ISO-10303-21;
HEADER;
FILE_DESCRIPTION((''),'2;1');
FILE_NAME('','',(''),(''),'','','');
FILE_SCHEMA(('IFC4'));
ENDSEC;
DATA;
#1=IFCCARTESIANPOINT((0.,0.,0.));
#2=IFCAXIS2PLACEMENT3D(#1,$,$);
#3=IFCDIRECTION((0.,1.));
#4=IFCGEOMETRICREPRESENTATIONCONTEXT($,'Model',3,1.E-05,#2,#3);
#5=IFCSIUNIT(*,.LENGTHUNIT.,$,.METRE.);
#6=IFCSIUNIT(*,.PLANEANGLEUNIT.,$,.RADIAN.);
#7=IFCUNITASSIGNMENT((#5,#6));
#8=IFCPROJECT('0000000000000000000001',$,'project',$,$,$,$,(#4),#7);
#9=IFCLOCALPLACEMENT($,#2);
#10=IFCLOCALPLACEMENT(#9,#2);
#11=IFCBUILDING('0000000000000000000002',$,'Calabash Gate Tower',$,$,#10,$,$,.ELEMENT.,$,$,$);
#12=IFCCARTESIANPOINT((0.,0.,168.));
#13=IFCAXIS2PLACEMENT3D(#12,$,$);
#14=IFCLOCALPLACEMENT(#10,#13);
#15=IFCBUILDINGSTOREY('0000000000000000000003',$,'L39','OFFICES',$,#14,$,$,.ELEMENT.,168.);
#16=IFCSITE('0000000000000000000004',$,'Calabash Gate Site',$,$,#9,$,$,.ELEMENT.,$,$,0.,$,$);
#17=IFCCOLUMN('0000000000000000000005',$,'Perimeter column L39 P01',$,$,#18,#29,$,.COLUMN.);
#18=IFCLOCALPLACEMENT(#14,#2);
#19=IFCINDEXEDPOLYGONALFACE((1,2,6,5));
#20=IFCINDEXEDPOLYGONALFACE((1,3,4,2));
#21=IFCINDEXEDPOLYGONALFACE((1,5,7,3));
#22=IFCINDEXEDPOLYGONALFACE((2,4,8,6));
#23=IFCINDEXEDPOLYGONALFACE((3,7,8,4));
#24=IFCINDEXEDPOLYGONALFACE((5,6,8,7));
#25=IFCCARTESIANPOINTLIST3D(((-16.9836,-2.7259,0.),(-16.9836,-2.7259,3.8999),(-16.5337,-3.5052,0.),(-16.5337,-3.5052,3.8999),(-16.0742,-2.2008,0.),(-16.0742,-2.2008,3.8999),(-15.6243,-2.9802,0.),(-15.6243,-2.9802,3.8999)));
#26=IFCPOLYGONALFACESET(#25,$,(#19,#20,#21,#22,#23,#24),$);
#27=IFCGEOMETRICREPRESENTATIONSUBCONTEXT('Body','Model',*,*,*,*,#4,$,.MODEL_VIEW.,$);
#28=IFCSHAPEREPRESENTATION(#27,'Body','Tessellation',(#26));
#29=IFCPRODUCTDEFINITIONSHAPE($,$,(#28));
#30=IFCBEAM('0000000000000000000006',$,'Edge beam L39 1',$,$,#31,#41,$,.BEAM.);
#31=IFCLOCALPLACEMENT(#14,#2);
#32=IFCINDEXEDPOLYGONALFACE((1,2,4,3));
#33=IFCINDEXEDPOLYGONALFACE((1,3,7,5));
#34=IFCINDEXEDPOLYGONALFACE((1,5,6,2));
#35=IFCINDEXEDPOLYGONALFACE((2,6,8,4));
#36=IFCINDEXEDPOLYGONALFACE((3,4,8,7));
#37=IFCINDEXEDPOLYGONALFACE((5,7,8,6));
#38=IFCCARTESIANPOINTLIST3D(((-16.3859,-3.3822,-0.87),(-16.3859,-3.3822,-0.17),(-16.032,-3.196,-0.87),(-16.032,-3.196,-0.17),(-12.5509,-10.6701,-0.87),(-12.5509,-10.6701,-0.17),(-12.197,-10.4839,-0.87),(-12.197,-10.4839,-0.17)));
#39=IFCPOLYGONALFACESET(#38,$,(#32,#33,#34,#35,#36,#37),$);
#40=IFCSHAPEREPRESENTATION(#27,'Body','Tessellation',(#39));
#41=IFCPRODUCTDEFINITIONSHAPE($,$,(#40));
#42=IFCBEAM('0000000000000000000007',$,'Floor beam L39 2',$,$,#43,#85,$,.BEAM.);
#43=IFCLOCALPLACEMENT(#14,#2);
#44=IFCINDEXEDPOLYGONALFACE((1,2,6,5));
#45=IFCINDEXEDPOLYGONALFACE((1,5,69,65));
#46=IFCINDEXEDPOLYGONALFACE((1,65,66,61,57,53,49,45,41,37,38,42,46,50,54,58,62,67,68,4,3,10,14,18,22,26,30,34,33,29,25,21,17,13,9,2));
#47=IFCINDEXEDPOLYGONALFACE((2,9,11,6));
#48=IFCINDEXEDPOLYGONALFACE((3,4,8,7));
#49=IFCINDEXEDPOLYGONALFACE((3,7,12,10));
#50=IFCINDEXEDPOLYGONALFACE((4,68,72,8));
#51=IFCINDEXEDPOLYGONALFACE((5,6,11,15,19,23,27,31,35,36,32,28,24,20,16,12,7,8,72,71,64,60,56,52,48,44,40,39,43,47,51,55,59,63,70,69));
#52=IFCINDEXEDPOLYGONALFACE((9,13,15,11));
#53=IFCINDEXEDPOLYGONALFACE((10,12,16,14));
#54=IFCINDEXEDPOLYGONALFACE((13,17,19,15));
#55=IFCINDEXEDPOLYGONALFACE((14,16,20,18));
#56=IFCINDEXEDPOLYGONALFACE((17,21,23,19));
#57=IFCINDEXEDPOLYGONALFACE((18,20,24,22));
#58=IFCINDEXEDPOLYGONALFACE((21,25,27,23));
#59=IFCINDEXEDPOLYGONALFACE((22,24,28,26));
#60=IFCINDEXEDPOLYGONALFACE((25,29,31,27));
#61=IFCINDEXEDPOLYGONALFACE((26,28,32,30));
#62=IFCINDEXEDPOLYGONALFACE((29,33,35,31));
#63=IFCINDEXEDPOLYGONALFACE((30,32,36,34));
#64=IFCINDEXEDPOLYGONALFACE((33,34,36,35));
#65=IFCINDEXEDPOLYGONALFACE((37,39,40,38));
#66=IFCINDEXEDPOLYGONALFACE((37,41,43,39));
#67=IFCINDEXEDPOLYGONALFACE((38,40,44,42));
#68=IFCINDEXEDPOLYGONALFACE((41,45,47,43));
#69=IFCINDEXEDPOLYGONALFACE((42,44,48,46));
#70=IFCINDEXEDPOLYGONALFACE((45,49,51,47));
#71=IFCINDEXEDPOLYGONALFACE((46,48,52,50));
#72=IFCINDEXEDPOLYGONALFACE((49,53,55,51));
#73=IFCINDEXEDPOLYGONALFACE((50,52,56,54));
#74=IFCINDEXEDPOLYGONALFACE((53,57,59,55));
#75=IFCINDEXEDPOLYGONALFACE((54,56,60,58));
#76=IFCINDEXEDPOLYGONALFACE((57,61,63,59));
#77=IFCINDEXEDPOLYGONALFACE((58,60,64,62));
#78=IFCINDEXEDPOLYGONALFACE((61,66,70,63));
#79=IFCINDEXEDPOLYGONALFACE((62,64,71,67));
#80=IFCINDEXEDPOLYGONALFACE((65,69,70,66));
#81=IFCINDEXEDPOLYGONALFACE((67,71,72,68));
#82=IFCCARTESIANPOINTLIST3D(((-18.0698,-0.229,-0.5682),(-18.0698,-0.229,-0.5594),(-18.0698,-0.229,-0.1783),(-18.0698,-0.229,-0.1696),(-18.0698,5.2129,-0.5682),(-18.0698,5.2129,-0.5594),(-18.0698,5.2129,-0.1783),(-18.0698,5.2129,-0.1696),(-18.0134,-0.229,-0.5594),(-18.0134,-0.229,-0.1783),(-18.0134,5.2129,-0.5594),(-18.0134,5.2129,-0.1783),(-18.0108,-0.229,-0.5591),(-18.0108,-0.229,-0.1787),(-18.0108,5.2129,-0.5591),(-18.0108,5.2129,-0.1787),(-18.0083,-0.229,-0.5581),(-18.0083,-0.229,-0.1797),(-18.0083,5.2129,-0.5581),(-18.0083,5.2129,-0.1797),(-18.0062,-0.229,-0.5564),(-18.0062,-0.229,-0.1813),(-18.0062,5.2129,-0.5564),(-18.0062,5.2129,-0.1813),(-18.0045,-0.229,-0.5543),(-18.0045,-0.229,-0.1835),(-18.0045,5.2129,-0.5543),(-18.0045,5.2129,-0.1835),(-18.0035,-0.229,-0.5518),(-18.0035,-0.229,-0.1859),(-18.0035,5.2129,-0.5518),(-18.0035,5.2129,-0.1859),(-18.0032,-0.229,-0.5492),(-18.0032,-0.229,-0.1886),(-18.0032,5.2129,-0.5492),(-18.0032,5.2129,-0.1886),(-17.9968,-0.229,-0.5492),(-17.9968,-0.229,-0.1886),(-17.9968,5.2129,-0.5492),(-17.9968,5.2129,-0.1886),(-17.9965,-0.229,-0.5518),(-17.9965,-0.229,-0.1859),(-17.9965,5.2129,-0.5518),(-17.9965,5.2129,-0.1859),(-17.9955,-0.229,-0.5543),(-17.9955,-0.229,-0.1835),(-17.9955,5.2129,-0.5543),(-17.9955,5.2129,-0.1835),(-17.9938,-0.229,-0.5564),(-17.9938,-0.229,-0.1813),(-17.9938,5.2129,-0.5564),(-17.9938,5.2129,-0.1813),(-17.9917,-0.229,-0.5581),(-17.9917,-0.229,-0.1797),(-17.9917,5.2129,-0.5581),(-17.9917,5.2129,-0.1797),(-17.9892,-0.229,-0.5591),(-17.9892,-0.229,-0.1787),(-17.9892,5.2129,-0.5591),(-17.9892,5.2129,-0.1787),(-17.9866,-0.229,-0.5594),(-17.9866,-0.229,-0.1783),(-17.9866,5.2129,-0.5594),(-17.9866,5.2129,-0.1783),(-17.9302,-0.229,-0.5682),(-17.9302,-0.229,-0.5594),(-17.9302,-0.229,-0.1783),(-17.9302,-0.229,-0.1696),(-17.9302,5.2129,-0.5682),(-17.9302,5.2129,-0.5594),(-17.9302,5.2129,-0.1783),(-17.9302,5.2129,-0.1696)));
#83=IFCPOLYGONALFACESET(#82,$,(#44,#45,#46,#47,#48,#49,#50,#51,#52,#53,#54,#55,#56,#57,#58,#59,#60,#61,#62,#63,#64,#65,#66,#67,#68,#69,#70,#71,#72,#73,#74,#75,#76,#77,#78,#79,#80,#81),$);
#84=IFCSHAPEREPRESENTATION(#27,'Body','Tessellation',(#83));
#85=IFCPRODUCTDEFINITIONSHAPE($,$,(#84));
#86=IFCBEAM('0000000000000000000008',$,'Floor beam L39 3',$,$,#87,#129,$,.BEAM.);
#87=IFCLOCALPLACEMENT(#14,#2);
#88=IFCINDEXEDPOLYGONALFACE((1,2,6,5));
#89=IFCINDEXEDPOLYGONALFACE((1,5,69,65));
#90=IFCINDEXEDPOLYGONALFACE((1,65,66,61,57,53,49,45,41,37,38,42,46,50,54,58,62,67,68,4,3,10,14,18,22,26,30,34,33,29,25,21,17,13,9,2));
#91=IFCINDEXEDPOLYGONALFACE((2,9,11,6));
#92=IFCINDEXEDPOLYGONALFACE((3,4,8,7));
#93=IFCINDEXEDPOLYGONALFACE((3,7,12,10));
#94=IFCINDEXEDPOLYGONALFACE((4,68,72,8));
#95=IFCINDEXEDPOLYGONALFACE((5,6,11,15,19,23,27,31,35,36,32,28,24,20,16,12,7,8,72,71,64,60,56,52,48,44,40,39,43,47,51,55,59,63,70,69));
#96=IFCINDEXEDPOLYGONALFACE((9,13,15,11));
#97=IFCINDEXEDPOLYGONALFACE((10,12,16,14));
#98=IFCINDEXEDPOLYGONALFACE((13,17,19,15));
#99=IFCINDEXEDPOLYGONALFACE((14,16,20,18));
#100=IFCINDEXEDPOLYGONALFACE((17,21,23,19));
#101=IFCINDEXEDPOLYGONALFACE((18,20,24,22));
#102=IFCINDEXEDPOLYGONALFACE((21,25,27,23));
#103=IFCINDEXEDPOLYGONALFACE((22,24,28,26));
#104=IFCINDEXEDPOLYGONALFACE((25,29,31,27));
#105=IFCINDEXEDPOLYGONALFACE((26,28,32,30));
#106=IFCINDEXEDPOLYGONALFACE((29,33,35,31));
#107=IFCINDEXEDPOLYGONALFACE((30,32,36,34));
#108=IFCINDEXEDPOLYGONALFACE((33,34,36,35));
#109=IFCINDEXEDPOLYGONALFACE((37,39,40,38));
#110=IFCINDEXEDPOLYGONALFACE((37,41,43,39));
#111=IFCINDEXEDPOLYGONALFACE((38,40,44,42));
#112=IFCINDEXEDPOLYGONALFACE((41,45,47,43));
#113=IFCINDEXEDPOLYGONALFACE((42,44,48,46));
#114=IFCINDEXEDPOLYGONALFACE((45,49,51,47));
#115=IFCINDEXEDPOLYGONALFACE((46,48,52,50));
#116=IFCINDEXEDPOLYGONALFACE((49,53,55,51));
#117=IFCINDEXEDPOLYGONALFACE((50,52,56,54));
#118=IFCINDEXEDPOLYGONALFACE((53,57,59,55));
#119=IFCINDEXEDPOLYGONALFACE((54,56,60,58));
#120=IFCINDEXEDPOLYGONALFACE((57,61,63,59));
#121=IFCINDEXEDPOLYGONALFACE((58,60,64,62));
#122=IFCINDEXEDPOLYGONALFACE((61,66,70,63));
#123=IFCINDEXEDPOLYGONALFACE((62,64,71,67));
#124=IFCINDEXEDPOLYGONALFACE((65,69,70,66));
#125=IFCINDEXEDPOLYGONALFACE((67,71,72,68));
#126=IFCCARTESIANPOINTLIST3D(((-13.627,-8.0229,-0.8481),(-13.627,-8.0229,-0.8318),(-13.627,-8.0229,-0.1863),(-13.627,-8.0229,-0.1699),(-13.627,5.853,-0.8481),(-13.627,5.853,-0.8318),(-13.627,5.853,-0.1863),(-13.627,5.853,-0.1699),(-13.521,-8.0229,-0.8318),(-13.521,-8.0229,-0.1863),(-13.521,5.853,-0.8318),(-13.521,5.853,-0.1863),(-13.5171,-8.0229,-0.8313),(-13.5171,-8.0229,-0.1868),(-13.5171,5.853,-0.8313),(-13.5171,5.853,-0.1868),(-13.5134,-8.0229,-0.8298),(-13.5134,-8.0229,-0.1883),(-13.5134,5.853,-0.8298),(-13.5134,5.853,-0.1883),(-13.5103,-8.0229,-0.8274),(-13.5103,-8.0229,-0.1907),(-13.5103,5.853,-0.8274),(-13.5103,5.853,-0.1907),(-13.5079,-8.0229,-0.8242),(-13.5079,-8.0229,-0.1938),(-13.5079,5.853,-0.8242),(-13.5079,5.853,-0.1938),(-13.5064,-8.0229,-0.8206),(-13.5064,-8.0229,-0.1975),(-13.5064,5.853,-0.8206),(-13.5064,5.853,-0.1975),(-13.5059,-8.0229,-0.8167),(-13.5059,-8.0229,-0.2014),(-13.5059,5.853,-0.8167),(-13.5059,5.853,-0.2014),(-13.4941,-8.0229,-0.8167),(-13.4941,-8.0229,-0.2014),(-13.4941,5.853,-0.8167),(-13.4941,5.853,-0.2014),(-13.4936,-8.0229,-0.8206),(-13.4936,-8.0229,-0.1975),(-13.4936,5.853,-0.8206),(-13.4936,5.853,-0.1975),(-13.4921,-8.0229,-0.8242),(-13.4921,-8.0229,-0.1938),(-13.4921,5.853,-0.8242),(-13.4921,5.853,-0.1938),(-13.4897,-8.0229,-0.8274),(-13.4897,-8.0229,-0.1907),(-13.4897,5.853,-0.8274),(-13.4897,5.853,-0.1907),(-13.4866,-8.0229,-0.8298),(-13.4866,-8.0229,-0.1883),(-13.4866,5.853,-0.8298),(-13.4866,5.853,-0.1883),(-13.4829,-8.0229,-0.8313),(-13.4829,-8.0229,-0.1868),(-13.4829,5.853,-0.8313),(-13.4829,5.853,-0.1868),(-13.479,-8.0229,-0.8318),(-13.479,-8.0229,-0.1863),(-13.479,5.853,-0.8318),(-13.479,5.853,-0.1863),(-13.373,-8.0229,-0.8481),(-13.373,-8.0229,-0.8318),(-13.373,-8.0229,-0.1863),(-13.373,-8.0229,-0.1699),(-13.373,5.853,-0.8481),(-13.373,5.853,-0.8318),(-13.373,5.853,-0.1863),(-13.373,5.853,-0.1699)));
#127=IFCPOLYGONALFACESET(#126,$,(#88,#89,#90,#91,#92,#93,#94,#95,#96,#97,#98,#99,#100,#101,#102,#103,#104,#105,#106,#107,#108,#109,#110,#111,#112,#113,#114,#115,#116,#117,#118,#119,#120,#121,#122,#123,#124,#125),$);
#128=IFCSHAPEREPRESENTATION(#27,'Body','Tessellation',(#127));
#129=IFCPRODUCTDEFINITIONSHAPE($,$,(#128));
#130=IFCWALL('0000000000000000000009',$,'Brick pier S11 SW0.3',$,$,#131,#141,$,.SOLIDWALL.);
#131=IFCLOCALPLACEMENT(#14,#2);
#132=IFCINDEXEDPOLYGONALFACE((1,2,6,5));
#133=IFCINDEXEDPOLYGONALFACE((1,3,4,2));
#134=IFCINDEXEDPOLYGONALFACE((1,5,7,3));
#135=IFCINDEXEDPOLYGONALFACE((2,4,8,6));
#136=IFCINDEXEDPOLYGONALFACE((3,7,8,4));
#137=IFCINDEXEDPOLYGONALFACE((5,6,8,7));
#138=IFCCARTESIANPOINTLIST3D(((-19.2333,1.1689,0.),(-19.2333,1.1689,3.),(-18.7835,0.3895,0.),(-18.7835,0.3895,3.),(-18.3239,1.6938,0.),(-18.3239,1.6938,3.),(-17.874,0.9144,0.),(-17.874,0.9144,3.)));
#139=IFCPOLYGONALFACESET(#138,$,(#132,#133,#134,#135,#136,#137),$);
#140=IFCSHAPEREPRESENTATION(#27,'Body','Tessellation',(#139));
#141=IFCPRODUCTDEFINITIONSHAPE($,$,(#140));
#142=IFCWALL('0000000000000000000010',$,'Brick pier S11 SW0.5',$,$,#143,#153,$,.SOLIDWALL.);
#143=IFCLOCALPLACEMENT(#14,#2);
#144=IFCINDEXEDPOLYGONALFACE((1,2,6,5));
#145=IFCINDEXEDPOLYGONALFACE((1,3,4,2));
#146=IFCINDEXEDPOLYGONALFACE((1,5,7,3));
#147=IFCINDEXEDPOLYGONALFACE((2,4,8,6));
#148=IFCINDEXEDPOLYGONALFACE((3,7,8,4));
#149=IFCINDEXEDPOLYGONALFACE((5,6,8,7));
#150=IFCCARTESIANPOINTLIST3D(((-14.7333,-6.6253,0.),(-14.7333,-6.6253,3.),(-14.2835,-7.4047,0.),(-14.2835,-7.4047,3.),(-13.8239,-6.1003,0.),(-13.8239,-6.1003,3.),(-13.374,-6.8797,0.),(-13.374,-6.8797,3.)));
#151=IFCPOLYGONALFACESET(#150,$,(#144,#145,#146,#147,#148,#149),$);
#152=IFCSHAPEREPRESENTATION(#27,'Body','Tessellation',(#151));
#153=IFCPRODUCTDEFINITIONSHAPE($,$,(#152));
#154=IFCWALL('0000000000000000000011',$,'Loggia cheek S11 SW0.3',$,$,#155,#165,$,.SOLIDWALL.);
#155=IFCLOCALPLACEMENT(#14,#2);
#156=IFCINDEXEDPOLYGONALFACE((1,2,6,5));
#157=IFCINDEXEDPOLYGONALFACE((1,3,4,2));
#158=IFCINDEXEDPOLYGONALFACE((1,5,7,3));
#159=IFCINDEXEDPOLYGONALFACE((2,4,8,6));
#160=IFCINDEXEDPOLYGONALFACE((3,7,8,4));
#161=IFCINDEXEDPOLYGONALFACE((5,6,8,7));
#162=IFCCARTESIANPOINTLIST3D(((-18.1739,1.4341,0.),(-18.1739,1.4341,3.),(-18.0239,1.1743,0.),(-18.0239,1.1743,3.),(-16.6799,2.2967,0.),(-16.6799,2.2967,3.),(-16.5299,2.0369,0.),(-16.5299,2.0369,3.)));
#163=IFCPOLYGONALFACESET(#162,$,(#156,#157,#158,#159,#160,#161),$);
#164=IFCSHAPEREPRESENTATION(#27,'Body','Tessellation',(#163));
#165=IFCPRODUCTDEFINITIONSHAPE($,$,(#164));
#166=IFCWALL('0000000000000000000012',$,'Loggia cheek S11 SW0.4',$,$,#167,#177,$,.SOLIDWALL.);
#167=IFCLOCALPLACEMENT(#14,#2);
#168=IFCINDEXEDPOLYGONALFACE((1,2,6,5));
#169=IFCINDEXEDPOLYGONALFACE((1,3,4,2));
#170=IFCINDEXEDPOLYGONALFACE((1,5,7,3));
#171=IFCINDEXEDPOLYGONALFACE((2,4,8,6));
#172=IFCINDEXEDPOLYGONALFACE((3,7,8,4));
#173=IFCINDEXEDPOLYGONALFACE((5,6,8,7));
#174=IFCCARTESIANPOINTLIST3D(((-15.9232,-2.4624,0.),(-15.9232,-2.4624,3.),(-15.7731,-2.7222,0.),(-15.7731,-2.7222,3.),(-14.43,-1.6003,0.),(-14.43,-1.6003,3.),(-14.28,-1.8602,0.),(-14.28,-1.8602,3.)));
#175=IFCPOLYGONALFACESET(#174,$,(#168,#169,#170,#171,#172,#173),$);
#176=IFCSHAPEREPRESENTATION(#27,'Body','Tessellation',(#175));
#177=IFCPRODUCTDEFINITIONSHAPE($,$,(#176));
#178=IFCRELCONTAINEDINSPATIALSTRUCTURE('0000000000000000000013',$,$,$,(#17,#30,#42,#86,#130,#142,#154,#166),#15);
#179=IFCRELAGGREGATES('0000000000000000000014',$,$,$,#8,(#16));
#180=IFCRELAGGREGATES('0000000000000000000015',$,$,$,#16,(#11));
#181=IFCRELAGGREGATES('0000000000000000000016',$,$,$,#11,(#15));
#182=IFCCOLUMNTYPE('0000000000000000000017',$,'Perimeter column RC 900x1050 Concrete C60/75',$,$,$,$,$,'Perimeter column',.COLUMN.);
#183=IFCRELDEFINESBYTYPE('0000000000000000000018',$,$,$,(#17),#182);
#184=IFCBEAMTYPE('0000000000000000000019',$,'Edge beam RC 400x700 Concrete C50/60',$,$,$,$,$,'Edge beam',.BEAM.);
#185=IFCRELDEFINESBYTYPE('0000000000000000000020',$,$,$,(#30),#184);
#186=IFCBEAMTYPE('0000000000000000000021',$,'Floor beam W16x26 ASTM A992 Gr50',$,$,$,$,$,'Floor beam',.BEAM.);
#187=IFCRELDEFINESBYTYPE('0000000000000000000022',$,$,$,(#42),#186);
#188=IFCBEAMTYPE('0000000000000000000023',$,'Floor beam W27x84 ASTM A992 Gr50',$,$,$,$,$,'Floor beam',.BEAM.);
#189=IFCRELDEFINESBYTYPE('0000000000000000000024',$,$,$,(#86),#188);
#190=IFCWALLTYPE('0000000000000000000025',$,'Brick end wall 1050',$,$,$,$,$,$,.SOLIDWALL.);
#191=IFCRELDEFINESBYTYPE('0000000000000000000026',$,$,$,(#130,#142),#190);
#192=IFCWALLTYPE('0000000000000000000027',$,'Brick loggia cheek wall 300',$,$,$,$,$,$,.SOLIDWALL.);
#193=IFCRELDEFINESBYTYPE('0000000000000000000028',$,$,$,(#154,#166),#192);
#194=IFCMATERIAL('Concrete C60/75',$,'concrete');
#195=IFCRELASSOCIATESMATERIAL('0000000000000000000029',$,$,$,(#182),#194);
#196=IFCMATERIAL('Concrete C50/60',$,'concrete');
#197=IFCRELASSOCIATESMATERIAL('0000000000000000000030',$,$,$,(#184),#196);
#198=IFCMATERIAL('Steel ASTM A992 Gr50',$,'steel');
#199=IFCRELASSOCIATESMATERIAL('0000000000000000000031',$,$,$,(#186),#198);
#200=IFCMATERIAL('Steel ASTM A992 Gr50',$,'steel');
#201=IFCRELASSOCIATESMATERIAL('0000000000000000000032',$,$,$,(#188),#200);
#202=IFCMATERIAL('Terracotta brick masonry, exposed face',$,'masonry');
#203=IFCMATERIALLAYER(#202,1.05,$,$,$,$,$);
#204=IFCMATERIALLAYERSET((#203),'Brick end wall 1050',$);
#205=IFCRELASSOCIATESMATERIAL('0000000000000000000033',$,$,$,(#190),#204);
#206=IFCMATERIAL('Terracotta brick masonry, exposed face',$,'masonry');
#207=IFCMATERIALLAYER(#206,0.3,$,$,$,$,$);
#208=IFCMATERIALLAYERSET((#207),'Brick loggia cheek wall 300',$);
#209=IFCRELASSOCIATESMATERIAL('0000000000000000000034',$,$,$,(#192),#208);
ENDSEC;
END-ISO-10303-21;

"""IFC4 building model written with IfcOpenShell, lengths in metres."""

from ifc_helpers import new_model, si_unit, direction, frame, frame_2d, origin, origin_2d, place, context, subcontext, project, spatial, rectangle, i_section, extrude, material, layer, layer_set, material_profile, profile_set, type_object, element, save


model = new_model("IFC4")

# Units and contexts
model_context = context("Model", 3, precision=1e-05, world=origin(), true_north=direction((0.0, 1.0)))
body_context = subcontext(model_context, "Body", "Model", "MODEL_VIEW")
ifc_project = project(units=[si_unit("LENGTHUNIT", "METRE"), si_unit("PLANEANGLEUNIT", "RADIAN")], contexts=[model_context])

# Site, building, storey
site_placement = place(None, origin())
site = spatial("IfcSite", under=ifc_project, at=site_placement, Name="Calabash Gate Site", CompositionType="ELEMENT", RefElevation=0.0)
building_placement = place(site_placement, origin())
building = spatial("IfcBuilding", under=site, at=building_placement, Name="Calabash Gate Tower", CompositionType="ELEMENT")
storey_placement = place(building_placement, frame((0.0, 0.0, 168.0)))
storey = spatial("IfcBuildingStorey", under=building, at=storey_placement, Name="L39", Description="OFFICES", CompositionType="ELEMENT", Elevation=168.0)

# Column
ifc_material_1 = material(Name="Concrete C60/75", Category="concrete")
ifc_material_profile_1 = material_profile(ifc_material_1, rectangle(XDim=0.8999, YDim=1.05, at=origin_2d()))
ifc_profile_set_1 = profile_set([ifc_material_profile_1], Name="Concrete C60/75")
column_type = type_object("IfcColumnType", Name="Perimeter column RC 900x1050 Concrete C60/75", ElementType="Perimeter column", PredefinedType="COLUMN", material=ifc_profile_set_1)
column_placement = place(storey_placement, frame((-16.304, -2.853, 0.0), z_axis=(0.0, 0.0, 1.0), x_axis=(0.5, -0.866025, 0.0)))
element("IfcColumn", 1, at=column_placement, inside=storey, type_object=column_type, Name="Perimeter column L39 P01", PredefinedType="COLUMN", context=body_context, shape_type="SweptSolid", body=[
    extrude(rectangle(XDim=0.8999, YDim=1.05, at=origin_2d()), origin(), (0.0, 0.0, 1.0), 3.8999),
])

# Beams
ifc_material_2 = material(Name="Concrete C50/60", Category="concrete")
ifc_material_profile_2 = material_profile(ifc_material_2, rectangle(XDim=0.3999, YDim=0.7, at=origin_2d()))
ifc_profile_set_2 = profile_set([ifc_material_profile_2], Name="Concrete C50/60")
beam_type_1 = type_object("IfcBeamType", Name="Edge beam RC 400x700 Concrete C50/60", ElementType="Edge beam", PredefinedType="BEAM", material=ifc_profile_set_2)
beam_1_placement = place(storey_placement, frame((-16.209, -3.2891, -0.52), z_axis=(0.465676, -0.884956, 0.0), x_axis=(0.884956, 0.465676, 0.0)))
element("IfcBeam", 2, at=beam_1_placement, inside=storey, type_object=beam_type_1, Name="Edge beam L39 1", PredefinedType="BEAM", context=body_context, shape_type="SweptSolid", body=[
    extrude(rectangle(XDim=0.3999, YDim=0.7, at=origin_2d()), origin(), (0.0, 0.0, 1.0), 8.2354),
])
ifc_material_3 = material(Name="Steel ASTM A992 Gr50", Category="steel")
ifc_material_profile_3 = material_profile(ifc_material_3, i_section(OverallWidth=0.1396, OverallDepth=0.3987, WebThickness=0.0063, FlangeThickness=0.0088, FilletRadius=0.0103, at=origin_2d()))
ifc_profile_set_3 = profile_set([ifc_material_profile_3], Name="Steel ASTM A992 Gr50")
beam_type_2 = type_object("IfcBeamType", Name="Floor beam W16x26 ASTM A992 Gr50", ElementType="Floor beam", PredefinedType="BEAM", material=ifc_profile_set_3)
beam_2_placement = place(storey_placement, frame((-18.0, -0.229, -0.3689), z_axis=(0.0, 1.0, 0.0), x_axis=(-1.0, 0.0, 0.0)))
element("IfcBeam", 3, at=beam_2_placement, inside=storey, type_object=beam_type_2, Name="Floor beam L39 2", PredefinedType="BEAM", context=body_context, shape_type="SweptSolid", body=[
    extrude(i_section(OverallWidth=0.1396, OverallDepth=0.3987, WebThickness=0.0063, FlangeThickness=0.0088, FilletRadius=0.0103, at=origin_2d()), origin(), (0.0, 0.0, 1.0), 5.4419),
])
ifc_material_4 = material(Name="Steel ASTM A992 Gr50", Category="steel")
ifc_material_profile_4 = material_profile(ifc_material_4, i_section(OverallWidth=0.2539, OverallDepth=0.6782, WebThickness=0.0117, FlangeThickness=0.0164, FilletRadius=0.0151, at=origin_2d()))
ifc_profile_set_4 = profile_set([ifc_material_profile_4], Name="Steel ASTM A992 Gr50")
beam_type_3 = type_object("IfcBeamType", Name="Floor beam W27x84 ASTM A992 Gr50", ElementType="Floor beam", PredefinedType="BEAM", material=ifc_profile_set_4)
beam_3_placement = place(storey_placement, frame((-13.5, -8.0229, -0.509), z_axis=(0.0, 1.0, 0.0), x_axis=(-1.0, 0.0, 0.0)))
element("IfcBeam", 4, at=beam_3_placement, inside=storey, type_object=beam_type_3, Name="Floor beam L39 3", PredefinedType="BEAM", context=body_context, shape_type="SweptSolid", body=[
    extrude(i_section(OverallWidth=0.2539, OverallDepth=0.6782, WebThickness=0.0117, FlangeThickness=0.0164, FilletRadius=0.0151, at=origin_2d()), origin(), (0.0, 0.0, 1.0), 13.876),
])

# Walls
ifc_material_5 = material(Name="Terracotta brick masonry, exposed face", Category="masonry")
ifc_layer_1 = layer(ifc_material_5, 1.05)
ifc_layer_set_1 = layer_set([ifc_layer_1], Name="Brick end wall 1050")
wall_type_1 = type_object("IfcWallType", Name="Brick end wall 1050", PredefinedType="SOLIDWALL", material=ifc_layer_set_1)
for number, where, z_axis, x_axis, name in (
    (5, (-19.0083, 0.7793, 0.0), (0.0, 0.0, 1.0), (0.866089, 0.49989, 0.0), "Brick pier S11 SW0.3"),
    (6, (-14.5083, -7.0149, 0.0), (0.0, 0.0, 1.0), (0.866089, 0.49989, 0.0), "Brick pier S11 SW0.5"),
):
    element("IfcWall", number, at=place(storey_placement, frame(where, z_axis=z_axis, x_axis=x_axis)), inside=storey, type_object=wall_type_1, Name=name, PredefinedType="SOLIDWALL", context=body_context, shape_type="SweptSolid", body=[
        extrude(rectangle(XDim=1.05, YDim=0.8999, at=frame_2d((0.5249, 0.0))), origin(), (0.0, 0.0, 1.0), 3.0),
    ])
ifc_material_6 = material(Name="Terracotta brick masonry, exposed face", Category="masonry")
ifc_layer_2 = layer(ifc_material_6, 0.3)
ifc_layer_set_2 = layer_set([ifc_layer_2], Name="Brick loggia cheek wall 300")
wall_type_2 = type_object("IfcWallType", Name="Brick loggia cheek wall 300", PredefinedType="SOLIDWALL", material=ifc_layer_set_2)
wall_1_placement = place(storey_placement, frame((-18.0989, 1.3042, 0.0), z_axis=(0.0, 0.0, 1.0), x_axis=(0.866014, 0.500021, 0.0)))
element("IfcWall", 7, at=wall_1_placement, inside=storey, type_object=wall_type_2, Name="Loggia cheek S11 SW0.3", PredefinedType="SOLIDWALL", context=body_context, shape_type="SweptSolid", body=[
    extrude(rectangle(XDim=1.7251, YDim=0.3, at=frame_2d((0.8625, 0.0))), origin(), (0.0, 0.0, 1.0), 3.0),
])
wall_2_placement = place(storey_placement, frame((-15.8481, -2.5923, 0.0), z_axis=(0.0, 0.0, 1.0), x_axis=(0.86603, 0.499992, 0.0)))
element("IfcWall", 8, at=wall_2_placement, inside=storey, type_object=wall_type_2, Name="Loggia cheek S11 SW0.4", PredefinedType="SOLIDWALL", context=body_context, shape_type="SweptSolid", body=[
    extrude(rectangle(XDim=1.7241, YDim=0.3, at=frame_2d((0.8621, 0.0))), origin(), (0.0, 0.0, 1.0), 3.0),
])

save(model, "model.ifc")
